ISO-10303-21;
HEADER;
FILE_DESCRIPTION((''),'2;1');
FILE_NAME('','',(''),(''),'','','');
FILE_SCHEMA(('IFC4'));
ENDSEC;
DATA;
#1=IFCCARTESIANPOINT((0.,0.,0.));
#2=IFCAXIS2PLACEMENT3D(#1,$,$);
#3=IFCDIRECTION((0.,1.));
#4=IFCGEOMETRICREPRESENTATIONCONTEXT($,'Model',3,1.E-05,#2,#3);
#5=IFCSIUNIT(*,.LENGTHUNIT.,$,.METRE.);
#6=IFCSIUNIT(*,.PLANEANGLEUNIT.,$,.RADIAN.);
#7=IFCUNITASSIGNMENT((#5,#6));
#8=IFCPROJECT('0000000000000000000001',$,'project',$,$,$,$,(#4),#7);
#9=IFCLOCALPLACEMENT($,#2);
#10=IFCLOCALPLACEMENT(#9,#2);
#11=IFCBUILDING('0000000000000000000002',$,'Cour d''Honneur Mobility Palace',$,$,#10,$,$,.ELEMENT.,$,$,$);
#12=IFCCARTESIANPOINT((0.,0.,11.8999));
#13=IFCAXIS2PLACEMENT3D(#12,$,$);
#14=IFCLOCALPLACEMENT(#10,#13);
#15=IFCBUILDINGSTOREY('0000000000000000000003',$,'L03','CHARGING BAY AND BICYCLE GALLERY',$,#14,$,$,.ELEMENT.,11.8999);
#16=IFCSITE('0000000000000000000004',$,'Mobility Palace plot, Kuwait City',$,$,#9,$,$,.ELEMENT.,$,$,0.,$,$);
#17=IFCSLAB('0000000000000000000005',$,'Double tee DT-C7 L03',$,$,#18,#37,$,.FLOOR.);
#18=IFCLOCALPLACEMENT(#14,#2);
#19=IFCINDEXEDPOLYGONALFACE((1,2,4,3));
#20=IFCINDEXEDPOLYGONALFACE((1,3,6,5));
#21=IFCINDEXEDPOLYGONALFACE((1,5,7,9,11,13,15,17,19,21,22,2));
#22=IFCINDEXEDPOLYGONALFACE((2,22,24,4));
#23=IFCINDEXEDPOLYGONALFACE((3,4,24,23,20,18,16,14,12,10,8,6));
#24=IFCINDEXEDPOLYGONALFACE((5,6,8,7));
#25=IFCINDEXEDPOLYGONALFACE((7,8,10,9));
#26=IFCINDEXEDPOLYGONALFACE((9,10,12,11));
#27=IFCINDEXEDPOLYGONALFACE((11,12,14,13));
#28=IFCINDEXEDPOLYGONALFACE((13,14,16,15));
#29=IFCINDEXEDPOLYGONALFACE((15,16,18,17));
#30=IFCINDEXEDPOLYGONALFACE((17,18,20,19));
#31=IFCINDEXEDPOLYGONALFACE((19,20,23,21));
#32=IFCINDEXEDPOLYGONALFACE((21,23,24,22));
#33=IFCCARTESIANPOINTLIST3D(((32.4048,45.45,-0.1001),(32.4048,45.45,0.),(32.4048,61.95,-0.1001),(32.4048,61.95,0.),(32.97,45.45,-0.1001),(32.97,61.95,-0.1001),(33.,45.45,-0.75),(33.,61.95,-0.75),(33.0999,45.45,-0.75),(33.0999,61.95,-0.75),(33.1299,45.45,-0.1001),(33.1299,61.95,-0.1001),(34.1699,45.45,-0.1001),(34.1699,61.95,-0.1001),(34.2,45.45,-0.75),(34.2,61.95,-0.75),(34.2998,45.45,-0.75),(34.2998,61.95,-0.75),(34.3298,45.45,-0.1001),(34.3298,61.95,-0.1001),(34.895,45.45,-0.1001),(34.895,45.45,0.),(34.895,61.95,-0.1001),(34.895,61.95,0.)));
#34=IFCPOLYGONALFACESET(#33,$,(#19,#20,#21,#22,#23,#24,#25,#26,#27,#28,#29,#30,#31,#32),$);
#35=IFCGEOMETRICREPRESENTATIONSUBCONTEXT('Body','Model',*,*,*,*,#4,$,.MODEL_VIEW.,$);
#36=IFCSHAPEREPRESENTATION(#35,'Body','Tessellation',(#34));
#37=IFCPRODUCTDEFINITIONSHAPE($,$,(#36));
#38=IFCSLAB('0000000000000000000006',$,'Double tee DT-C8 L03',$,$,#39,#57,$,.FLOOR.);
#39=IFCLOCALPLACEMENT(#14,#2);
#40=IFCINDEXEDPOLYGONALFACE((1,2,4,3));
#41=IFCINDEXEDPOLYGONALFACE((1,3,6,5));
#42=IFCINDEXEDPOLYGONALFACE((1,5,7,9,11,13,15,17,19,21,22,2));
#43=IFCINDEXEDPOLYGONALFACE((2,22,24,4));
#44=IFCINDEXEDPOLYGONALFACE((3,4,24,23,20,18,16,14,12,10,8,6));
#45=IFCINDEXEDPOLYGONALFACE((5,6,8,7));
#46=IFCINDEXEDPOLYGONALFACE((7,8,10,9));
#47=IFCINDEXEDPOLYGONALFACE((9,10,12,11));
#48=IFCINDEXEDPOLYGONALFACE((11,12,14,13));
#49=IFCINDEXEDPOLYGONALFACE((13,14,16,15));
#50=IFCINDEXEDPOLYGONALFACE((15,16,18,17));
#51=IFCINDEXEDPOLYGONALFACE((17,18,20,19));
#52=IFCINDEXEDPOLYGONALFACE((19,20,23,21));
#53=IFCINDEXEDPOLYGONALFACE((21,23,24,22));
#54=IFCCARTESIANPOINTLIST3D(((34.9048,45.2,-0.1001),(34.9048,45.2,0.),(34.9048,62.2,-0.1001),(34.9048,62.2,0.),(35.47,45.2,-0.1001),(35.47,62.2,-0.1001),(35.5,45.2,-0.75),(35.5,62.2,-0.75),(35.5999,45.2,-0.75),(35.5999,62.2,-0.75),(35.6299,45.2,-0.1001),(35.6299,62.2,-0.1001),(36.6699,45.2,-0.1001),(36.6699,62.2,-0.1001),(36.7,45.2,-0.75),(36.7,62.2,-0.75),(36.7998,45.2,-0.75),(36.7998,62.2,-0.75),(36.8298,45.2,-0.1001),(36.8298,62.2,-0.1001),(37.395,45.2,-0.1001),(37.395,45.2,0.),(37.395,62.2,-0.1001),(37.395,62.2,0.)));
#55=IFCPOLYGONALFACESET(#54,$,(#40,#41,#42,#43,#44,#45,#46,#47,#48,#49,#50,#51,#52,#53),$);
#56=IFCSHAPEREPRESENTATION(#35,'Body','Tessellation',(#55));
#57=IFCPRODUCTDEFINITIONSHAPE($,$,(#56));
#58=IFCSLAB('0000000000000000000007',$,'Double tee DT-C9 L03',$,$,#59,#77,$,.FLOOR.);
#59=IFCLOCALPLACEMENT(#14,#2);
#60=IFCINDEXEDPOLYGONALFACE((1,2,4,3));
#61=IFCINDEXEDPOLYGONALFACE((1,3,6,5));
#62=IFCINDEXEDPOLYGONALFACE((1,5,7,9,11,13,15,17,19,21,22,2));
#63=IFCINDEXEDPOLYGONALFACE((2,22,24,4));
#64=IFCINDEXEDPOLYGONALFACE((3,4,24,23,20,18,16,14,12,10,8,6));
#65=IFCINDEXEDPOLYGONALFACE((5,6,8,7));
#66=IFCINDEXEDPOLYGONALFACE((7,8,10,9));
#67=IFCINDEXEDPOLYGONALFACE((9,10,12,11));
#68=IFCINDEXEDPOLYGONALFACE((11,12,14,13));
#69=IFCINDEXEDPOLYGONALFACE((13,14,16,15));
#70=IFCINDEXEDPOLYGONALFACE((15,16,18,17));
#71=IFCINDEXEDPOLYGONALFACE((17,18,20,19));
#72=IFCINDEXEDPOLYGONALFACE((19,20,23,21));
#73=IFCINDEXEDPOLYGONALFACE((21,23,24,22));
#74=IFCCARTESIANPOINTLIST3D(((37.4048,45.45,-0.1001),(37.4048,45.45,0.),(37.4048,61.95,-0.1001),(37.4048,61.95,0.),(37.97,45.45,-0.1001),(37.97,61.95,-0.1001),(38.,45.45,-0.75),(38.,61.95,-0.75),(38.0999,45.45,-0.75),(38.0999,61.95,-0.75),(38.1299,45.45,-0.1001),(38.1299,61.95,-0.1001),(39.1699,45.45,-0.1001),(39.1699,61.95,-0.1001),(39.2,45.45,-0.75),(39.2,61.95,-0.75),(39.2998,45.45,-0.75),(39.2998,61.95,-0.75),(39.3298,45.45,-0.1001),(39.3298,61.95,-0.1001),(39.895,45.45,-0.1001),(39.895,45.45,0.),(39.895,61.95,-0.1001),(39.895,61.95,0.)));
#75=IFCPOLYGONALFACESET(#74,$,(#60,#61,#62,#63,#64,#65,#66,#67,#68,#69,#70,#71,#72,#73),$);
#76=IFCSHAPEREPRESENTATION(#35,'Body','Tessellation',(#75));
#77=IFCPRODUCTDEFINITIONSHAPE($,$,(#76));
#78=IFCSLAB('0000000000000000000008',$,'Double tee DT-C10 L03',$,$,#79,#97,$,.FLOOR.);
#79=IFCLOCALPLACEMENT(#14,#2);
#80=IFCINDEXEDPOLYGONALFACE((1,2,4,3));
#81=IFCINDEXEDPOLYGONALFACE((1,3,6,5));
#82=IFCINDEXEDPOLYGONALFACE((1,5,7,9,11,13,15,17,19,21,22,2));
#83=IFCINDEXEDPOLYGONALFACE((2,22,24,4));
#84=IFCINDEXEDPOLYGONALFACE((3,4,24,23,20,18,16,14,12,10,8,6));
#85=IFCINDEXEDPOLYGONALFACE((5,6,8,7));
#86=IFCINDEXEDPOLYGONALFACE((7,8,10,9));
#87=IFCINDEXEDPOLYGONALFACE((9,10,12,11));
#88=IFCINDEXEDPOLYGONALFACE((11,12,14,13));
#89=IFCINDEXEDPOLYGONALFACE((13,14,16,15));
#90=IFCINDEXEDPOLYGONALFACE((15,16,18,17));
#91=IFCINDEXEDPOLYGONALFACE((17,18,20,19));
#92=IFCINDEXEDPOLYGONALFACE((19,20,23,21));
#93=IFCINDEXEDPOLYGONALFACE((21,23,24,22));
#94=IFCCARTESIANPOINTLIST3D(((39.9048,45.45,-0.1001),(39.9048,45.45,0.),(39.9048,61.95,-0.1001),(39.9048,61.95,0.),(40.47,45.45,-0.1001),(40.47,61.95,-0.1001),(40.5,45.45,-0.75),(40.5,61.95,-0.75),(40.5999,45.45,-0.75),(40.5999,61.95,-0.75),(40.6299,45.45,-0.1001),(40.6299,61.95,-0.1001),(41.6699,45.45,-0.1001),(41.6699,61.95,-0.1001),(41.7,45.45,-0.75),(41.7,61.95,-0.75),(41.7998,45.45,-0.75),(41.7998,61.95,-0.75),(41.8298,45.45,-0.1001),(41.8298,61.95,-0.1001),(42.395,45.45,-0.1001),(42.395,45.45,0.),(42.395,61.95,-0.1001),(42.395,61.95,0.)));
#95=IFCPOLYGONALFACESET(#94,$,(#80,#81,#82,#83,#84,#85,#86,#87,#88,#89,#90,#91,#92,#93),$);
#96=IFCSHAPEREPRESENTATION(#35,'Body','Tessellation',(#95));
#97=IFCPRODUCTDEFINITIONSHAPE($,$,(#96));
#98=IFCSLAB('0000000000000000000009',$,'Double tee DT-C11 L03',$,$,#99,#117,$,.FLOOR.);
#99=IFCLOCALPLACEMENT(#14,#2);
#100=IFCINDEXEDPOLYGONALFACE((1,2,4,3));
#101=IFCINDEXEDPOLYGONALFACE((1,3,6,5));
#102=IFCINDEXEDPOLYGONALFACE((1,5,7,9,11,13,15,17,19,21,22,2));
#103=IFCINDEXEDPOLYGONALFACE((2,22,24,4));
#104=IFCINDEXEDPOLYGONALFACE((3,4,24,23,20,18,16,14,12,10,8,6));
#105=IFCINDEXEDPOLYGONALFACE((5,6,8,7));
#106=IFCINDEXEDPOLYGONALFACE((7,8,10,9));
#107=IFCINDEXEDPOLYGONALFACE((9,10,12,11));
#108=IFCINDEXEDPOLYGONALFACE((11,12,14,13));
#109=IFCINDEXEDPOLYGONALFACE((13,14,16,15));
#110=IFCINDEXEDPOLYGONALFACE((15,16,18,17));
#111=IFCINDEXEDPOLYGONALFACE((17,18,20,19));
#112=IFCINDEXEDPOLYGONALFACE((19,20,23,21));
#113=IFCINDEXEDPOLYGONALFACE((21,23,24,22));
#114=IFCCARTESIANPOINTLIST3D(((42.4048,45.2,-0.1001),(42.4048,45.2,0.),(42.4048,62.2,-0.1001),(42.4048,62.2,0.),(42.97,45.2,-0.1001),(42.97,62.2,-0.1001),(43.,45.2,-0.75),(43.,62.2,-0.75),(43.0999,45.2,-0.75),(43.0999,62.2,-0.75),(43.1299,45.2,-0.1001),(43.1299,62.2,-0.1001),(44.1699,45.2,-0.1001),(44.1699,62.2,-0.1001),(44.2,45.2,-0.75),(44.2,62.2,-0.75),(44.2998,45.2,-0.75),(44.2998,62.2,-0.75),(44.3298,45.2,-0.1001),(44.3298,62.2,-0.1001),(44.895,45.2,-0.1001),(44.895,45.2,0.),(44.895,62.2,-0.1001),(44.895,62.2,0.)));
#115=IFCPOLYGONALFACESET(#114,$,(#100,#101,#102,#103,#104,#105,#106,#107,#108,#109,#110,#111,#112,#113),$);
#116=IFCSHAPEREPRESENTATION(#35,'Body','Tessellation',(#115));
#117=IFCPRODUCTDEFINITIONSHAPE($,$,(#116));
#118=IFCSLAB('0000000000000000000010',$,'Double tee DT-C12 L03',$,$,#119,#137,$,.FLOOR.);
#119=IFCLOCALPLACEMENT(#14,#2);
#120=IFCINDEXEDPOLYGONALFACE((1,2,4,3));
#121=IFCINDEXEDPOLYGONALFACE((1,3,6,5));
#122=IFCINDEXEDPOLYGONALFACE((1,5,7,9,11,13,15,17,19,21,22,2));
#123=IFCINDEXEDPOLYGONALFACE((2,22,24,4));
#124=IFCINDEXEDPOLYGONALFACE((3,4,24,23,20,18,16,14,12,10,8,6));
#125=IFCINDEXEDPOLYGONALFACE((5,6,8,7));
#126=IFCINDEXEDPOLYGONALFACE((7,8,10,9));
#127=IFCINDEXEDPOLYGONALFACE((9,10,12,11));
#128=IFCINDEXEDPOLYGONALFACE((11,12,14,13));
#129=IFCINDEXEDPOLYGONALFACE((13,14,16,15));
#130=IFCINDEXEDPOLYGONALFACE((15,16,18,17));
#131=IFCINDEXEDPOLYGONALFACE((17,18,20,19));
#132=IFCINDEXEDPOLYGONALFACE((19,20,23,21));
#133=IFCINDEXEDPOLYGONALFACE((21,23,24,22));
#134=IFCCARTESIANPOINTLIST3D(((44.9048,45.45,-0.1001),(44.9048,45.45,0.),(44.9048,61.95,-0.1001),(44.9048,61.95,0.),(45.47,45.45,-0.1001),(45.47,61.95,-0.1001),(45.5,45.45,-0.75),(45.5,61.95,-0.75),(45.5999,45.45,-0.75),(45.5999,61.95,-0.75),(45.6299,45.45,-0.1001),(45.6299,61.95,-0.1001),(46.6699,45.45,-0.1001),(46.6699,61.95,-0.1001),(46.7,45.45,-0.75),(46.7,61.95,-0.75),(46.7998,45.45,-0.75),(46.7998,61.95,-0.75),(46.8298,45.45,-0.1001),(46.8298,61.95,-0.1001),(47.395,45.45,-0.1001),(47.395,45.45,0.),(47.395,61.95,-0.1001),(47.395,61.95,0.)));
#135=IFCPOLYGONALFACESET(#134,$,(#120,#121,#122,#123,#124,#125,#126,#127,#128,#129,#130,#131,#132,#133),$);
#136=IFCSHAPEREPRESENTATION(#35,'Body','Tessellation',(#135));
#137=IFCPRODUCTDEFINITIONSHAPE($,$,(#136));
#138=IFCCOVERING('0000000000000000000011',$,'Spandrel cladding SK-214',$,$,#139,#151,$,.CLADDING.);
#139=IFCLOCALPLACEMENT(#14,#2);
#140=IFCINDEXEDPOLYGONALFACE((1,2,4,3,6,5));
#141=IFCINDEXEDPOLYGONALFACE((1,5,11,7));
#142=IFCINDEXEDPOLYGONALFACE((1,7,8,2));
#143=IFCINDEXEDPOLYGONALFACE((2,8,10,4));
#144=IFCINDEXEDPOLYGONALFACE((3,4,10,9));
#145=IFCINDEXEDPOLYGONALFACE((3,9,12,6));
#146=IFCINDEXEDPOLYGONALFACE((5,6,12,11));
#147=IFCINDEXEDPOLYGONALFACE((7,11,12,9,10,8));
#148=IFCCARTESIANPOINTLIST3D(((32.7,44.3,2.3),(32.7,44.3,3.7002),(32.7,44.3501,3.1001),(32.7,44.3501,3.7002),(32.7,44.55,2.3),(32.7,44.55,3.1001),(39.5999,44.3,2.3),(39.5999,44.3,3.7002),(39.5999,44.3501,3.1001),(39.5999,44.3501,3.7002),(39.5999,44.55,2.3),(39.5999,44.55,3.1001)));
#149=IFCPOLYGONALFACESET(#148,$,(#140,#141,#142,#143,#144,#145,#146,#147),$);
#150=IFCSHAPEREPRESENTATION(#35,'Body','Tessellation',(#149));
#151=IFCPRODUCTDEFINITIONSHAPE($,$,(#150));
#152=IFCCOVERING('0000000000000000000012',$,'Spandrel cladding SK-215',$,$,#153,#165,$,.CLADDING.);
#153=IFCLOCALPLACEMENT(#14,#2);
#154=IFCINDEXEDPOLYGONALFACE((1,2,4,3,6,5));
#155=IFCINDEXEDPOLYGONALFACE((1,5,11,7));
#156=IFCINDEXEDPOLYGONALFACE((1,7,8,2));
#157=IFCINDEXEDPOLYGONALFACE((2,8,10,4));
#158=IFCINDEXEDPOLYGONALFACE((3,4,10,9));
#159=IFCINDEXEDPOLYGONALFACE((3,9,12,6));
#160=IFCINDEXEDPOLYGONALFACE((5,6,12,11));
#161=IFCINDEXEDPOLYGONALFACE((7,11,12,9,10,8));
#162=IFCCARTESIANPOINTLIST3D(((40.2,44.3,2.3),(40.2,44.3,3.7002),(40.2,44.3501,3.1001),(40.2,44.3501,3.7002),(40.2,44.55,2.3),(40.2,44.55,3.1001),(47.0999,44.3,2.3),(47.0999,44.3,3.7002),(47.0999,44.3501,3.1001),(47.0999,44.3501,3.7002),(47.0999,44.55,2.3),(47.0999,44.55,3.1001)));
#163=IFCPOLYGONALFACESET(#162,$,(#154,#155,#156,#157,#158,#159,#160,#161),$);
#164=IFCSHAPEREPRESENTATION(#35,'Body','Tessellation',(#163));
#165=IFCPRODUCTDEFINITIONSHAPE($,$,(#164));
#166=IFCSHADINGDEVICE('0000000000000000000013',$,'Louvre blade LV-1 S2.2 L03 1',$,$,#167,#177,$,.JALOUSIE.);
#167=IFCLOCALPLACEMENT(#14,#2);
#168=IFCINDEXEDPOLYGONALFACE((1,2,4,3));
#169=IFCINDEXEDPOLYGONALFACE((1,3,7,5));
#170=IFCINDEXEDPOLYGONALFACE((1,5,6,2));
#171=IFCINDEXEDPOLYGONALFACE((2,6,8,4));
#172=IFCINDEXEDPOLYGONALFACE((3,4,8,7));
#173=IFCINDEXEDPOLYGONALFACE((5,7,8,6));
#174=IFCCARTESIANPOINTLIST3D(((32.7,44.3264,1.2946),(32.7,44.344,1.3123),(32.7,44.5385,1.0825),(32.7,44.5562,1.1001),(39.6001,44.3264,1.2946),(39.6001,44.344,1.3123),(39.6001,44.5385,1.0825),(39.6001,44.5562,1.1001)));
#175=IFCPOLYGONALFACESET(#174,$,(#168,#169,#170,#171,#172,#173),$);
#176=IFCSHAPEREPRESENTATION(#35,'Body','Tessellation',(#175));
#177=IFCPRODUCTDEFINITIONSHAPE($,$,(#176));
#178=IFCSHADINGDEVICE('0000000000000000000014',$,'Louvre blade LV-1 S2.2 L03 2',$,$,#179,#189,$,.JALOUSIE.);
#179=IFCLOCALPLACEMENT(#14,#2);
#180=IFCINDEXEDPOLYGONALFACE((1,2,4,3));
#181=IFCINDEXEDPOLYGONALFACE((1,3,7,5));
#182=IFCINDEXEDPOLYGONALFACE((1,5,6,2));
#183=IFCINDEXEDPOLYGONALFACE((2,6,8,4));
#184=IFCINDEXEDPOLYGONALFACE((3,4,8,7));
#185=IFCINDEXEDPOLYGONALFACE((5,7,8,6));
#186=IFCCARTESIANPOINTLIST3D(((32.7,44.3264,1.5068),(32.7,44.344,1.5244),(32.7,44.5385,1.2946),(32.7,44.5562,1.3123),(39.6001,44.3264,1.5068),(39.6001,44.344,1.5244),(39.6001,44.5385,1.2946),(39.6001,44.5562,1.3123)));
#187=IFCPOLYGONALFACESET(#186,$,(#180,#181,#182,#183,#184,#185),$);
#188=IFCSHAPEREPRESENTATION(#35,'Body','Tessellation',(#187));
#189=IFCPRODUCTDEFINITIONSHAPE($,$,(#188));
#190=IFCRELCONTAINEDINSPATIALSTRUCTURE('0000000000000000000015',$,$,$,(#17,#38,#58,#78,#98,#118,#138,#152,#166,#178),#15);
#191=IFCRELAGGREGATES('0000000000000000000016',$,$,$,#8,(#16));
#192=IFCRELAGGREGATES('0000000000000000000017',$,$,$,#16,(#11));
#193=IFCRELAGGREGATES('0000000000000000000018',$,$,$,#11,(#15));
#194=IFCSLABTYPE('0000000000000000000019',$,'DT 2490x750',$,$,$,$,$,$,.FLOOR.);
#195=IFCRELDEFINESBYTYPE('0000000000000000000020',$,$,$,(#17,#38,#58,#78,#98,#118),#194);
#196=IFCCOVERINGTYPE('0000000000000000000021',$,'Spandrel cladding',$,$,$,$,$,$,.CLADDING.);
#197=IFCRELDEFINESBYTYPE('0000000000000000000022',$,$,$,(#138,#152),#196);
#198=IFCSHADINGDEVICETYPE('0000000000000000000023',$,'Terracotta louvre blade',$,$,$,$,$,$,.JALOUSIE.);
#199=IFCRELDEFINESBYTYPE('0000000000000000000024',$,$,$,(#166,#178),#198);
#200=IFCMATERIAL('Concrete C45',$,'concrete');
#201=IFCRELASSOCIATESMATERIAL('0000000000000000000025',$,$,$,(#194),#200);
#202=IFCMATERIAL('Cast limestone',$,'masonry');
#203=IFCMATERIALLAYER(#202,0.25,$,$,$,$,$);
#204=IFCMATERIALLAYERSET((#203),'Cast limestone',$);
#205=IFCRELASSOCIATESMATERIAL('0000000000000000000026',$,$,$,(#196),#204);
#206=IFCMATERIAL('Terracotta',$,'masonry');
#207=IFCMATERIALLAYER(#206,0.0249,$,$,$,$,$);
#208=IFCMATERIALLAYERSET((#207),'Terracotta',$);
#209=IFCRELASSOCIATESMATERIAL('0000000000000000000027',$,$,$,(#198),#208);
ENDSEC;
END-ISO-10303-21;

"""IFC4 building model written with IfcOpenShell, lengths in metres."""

from ifc_helpers import new_model, si_unit, direction, frame, origin, place, context, subcontext, project, spatial, polyline, outline, extrude, material, layer, layer_set, material_profile, profile_set, type_object, element, save


model = new_model("IFC4")

# Units and contexts
model_context = context("Model", 3, precision=1e-05, world=origin(), true_north=direction((0.0, 1.0)))
body_context = subcontext(model_context, "Body", "Model", "MODEL_VIEW")
ifc_project = project(units=[si_unit("LENGTHUNIT", "METRE"), si_unit("PLANEANGLEUNIT", "RADIAN")], contexts=[model_context])

# Site, building, storey
site_placement = place(None, origin())
site = spatial("IfcSite", under=ifc_project, at=site_placement, Name="Mobility Palace plot, Kuwait City", CompositionType="ELEMENT", RefElevation=0.0)
building_placement = place(site_placement, origin())
building = spatial("IfcBuilding", under=site, at=building_placement, Name="Cour d'Honneur Mobility Palace", CompositionType="ELEMENT")
storey_placement = place(building_placement, frame((0.0, 0.0, 11.8999)))
storey = spatial("IfcBuildingStorey", under=building, at=storey_placement, Name="L03", Description="CHARGING BAY AND BICYCLE GALLERY", CompositionType="ELEMENT", Elevation=11.8999)

# Slabs
ifc_material_1 = material(Name="Concrete C45", Category="concrete")
ifc_material_profile_1 = material_profile(ifc_material_1, outline(polyline([(-1.2451, 0.0), (1.2451, 0.0), (1.2451, -0.1001), (0.6799, -0.1001), (0.6499, -0.75), (0.55, -0.75), (0.52, -0.1001), (-0.52, -0.1001), (-0.55, -0.75), (-0.6499, -0.75), (-0.6799, -0.1001), (-1.2451, -0.1001), (-1.2451, 0.0)])), Name="DT 2490x750")
ifc_profile_set_1 = profile_set([ifc_material_profile_1], Name="Concrete C45")
slab_type = type_object("IfcSlabType", Name="DT 2490x750", PredefinedType="FLOOR", material=ifc_profile_set_1)
slab_1_placement = place(storey_placement, frame((33.6499, 45.45, 0.0), z_axis=(0.0, 1.0, 0.0), x_axis=(-1.0, 0.0, 0.0)))
element("IfcSlab", 1, at=slab_1_placement, inside=storey, type_object=slab_type, Name="Double tee DT-C7 L03", PredefinedType="FLOOR", context=body_context, shape_type="SweptSolid", body=[
    extrude(outline(polyline([(-1.2451, 0.0), (1.2451, 0.0), (1.2451, -0.1001), (0.6799, -0.1001), (0.6499, -0.75), (0.55, -0.75), (0.52, -0.1001), (-0.52, -0.1001), (-0.55, -0.75), (-0.6499, -0.75), (-0.6799, -0.1001), (-1.2451, -0.1001), (-1.2451, 0.0)])), origin(), (0.0, 0.0, 1.0), 16.5),
])
slab_2_placement = place(storey_placement, frame((36.1499, 45.2, 0.0), z_axis=(0.0, 1.0, 0.0), x_axis=(-1.0, 0.0, 0.0)))
element("IfcSlab", 2, at=slab_2_placement, inside=storey, type_object=slab_type, Name="Double tee DT-C8 L03", PredefinedType="FLOOR", context=body_context, shape_type="SweptSolid", body=[
    extrude(outline(polyline([(-1.2451, 0.0), (1.2451, 0.0), (1.2451, -0.1001), (0.6799, -0.1001), (0.6499, -0.75), (0.55, -0.75), (0.52, -0.1001), (-0.52, -0.1001), (-0.55, -0.75), (-0.6499, -0.75), (-0.6799, -0.1001), (-1.2451, -0.1001), (-1.2451, 0.0)])), origin(), (0.0, 0.0, 1.0), 17.0),
])
for number, where, z_axis, x_axis, name in (
    (3, (38.6499, 45.45, 0.0), (0.0, 1.0, 0.0), (-1.0, 0.0, 0.0), "Double tee DT-C9 L03"),
    (4, (41.1499, 45.45, 0.0), (0.0, 1.0, 0.0), (-1.0, 0.0, 0.0), "Double tee DT-C10 L03"),
):
    element("IfcSlab", number, at=place(storey_placement, frame(where, z_axis=z_axis, x_axis=x_axis)), inside=storey, type_object=slab_type, Name=name, PredefinedType="FLOOR", context=body_context, shape_type="SweptSolid", body=[
        extrude(outline(polyline([(-1.2451, 0.0), (1.2451, 0.0), (1.2451, -0.1001), (0.6799, -0.1001), (0.6499, -0.75), (0.55, -0.75), (0.52, -0.1001), (-0.52, -0.1001), (-0.55, -0.75), (-0.6499, -0.75), (-0.6799, -0.1001), (-1.2451, -0.1001), (-1.2451, 0.0)])), origin(), (0.0, 0.0, 1.0), 16.5),
    ])
slab_3_placement = place(storey_placement, frame((43.6499, 45.2, 0.0), z_axis=(0.0, 1.0, 0.0), x_axis=(-1.0, 0.0, 0.0)))
element("IfcSlab", 5, at=slab_3_placement, inside=storey, type_object=slab_type, Name="Double tee DT-C11 L03", PredefinedType="FLOOR", context=body_context, shape_type="SweptSolid", body=[
    extrude(outline(polyline([(-1.2451, 0.0), (1.2451, 0.0), (1.2451, -0.1001), (0.6799, -0.1001), (0.6499, -0.75), (0.55, -0.75), (0.52, -0.1001), (-0.52, -0.1001), (-0.55, -0.75), (-0.6499, -0.75), (-0.6799, -0.1001), (-1.2451, -0.1001), (-1.2451, 0.0)])), origin(), (0.0, 0.0, 1.0), 17.0),
])
slab_4_placement = place(storey_placement, frame((46.1499, 45.45, 0.0), z_axis=(0.0, 1.0, 0.0), x_axis=(-1.0, 0.0, 0.0)))
element("IfcSlab", 6, at=slab_4_placement, inside=storey, type_object=slab_type, Name="Double tee DT-C12 L03", PredefinedType="FLOOR", context=body_context, shape_type="SweptSolid", body=[
    extrude(outline(polyline([(-1.2451, 0.0), (1.2451, 0.0), (1.2451, -0.1001), (0.6799, -0.1001), (0.6499, -0.75), (0.55, -0.75), (0.52, -0.1001), (-0.52, -0.1001), (-0.55, -0.75), (-0.6499, -0.75), (-0.6799, -0.1001), (-1.2451, -0.1001), (-1.2451, 0.0)])), origin(), (0.0, 0.0, 1.0), 16.5),
])

# Coverings
ifc_material_2 = material(Name="Cast limestone", Category="masonry")
ifc_layer_1 = layer(ifc_material_2, 0.25)
ifc_layer_set_1 = layer_set([ifc_layer_1], Name="Cast limestone")
covering_type = type_object("IfcCoveringType", Name="Spandrel cladding", PredefinedType="CLADDING", material=ifc_layer_set_1)
for number, where, z_axis, x_axis, name in (
    (7, (32.7, 44.55, 2.3), (-1.0, 0.0, 0.0), (0.0, -1.0, 0.0), "Spandrel cladding SK-214"),
    (8, (40.2, 44.55, 2.3), (-1.0, 0.0, 0.0), (0.0, -1.0, 0.0), "Spandrel cladding SK-215"),
):
    element("IfcCovering", number, at=place(storey_placement, frame(where, z_axis=z_axis, x_axis=x_axis)), inside=storey, type_object=covering_type, Name=name, PredefinedType="CLADDING", context=body_context, shape_type="SweptSolid", body=[
        extrude(outline(polyline([(0.0, 0.0), (0.25, 0.0), (0.25, 1.4001), (0.2, 1.4001), (0.2, 0.8), (0.0, 0.8), (0.0, 0.0)])), origin(), (0.0, 0.0, -1.0), 6.8999),
    ])

# Shading devices
ifc_material_3 = material(Name="Terracotta", Category="masonry")
ifc_layer_2 = layer(ifc_material_3, 0.0249)
ifc_layer_set_2 = layer_set([ifc_layer_2], Name="Terracotta")
shading_device_type = type_object("IfcShadingDeviceType", Name="Terracotta louvre blade", PredefinedType="JALOUSIE", material=ifc_layer_set_2)
for number, where, z_axis, x_axis, name in (
    (9, (32.7, 44.5562, 1.1001), (0.0, 0.707107, 0.707107), (1.0, 0.0, 0.0), "Louvre blade LV-1 S2.2 L03 1"),
    (10, (32.7, 44.5562, 1.3123), (0.0, 0.707107, 0.707107), (1.0, 0.0, 0.0), "Louvre blade LV-1 S2.2 L03 2"),
):
    element("IfcShadingDevice", number, at=place(storey_placement, frame(where, z_axis=z_axis, x_axis=x_axis)), inside=storey, type_object=shading_device_type, Name=name, PredefinedType="JALOUSIE", context=body_context, shape_type="SweptSolid", body=[
        extrude(outline(polyline([(0.0, 0.0), (6.9001, 0.0), (6.9001, -0.3), (0.0, -0.3), (0.0, 0.0)])), origin(), (0.0, 0.0, -1.0), 0.0249),
    ])

save(model, "model.ifc")
